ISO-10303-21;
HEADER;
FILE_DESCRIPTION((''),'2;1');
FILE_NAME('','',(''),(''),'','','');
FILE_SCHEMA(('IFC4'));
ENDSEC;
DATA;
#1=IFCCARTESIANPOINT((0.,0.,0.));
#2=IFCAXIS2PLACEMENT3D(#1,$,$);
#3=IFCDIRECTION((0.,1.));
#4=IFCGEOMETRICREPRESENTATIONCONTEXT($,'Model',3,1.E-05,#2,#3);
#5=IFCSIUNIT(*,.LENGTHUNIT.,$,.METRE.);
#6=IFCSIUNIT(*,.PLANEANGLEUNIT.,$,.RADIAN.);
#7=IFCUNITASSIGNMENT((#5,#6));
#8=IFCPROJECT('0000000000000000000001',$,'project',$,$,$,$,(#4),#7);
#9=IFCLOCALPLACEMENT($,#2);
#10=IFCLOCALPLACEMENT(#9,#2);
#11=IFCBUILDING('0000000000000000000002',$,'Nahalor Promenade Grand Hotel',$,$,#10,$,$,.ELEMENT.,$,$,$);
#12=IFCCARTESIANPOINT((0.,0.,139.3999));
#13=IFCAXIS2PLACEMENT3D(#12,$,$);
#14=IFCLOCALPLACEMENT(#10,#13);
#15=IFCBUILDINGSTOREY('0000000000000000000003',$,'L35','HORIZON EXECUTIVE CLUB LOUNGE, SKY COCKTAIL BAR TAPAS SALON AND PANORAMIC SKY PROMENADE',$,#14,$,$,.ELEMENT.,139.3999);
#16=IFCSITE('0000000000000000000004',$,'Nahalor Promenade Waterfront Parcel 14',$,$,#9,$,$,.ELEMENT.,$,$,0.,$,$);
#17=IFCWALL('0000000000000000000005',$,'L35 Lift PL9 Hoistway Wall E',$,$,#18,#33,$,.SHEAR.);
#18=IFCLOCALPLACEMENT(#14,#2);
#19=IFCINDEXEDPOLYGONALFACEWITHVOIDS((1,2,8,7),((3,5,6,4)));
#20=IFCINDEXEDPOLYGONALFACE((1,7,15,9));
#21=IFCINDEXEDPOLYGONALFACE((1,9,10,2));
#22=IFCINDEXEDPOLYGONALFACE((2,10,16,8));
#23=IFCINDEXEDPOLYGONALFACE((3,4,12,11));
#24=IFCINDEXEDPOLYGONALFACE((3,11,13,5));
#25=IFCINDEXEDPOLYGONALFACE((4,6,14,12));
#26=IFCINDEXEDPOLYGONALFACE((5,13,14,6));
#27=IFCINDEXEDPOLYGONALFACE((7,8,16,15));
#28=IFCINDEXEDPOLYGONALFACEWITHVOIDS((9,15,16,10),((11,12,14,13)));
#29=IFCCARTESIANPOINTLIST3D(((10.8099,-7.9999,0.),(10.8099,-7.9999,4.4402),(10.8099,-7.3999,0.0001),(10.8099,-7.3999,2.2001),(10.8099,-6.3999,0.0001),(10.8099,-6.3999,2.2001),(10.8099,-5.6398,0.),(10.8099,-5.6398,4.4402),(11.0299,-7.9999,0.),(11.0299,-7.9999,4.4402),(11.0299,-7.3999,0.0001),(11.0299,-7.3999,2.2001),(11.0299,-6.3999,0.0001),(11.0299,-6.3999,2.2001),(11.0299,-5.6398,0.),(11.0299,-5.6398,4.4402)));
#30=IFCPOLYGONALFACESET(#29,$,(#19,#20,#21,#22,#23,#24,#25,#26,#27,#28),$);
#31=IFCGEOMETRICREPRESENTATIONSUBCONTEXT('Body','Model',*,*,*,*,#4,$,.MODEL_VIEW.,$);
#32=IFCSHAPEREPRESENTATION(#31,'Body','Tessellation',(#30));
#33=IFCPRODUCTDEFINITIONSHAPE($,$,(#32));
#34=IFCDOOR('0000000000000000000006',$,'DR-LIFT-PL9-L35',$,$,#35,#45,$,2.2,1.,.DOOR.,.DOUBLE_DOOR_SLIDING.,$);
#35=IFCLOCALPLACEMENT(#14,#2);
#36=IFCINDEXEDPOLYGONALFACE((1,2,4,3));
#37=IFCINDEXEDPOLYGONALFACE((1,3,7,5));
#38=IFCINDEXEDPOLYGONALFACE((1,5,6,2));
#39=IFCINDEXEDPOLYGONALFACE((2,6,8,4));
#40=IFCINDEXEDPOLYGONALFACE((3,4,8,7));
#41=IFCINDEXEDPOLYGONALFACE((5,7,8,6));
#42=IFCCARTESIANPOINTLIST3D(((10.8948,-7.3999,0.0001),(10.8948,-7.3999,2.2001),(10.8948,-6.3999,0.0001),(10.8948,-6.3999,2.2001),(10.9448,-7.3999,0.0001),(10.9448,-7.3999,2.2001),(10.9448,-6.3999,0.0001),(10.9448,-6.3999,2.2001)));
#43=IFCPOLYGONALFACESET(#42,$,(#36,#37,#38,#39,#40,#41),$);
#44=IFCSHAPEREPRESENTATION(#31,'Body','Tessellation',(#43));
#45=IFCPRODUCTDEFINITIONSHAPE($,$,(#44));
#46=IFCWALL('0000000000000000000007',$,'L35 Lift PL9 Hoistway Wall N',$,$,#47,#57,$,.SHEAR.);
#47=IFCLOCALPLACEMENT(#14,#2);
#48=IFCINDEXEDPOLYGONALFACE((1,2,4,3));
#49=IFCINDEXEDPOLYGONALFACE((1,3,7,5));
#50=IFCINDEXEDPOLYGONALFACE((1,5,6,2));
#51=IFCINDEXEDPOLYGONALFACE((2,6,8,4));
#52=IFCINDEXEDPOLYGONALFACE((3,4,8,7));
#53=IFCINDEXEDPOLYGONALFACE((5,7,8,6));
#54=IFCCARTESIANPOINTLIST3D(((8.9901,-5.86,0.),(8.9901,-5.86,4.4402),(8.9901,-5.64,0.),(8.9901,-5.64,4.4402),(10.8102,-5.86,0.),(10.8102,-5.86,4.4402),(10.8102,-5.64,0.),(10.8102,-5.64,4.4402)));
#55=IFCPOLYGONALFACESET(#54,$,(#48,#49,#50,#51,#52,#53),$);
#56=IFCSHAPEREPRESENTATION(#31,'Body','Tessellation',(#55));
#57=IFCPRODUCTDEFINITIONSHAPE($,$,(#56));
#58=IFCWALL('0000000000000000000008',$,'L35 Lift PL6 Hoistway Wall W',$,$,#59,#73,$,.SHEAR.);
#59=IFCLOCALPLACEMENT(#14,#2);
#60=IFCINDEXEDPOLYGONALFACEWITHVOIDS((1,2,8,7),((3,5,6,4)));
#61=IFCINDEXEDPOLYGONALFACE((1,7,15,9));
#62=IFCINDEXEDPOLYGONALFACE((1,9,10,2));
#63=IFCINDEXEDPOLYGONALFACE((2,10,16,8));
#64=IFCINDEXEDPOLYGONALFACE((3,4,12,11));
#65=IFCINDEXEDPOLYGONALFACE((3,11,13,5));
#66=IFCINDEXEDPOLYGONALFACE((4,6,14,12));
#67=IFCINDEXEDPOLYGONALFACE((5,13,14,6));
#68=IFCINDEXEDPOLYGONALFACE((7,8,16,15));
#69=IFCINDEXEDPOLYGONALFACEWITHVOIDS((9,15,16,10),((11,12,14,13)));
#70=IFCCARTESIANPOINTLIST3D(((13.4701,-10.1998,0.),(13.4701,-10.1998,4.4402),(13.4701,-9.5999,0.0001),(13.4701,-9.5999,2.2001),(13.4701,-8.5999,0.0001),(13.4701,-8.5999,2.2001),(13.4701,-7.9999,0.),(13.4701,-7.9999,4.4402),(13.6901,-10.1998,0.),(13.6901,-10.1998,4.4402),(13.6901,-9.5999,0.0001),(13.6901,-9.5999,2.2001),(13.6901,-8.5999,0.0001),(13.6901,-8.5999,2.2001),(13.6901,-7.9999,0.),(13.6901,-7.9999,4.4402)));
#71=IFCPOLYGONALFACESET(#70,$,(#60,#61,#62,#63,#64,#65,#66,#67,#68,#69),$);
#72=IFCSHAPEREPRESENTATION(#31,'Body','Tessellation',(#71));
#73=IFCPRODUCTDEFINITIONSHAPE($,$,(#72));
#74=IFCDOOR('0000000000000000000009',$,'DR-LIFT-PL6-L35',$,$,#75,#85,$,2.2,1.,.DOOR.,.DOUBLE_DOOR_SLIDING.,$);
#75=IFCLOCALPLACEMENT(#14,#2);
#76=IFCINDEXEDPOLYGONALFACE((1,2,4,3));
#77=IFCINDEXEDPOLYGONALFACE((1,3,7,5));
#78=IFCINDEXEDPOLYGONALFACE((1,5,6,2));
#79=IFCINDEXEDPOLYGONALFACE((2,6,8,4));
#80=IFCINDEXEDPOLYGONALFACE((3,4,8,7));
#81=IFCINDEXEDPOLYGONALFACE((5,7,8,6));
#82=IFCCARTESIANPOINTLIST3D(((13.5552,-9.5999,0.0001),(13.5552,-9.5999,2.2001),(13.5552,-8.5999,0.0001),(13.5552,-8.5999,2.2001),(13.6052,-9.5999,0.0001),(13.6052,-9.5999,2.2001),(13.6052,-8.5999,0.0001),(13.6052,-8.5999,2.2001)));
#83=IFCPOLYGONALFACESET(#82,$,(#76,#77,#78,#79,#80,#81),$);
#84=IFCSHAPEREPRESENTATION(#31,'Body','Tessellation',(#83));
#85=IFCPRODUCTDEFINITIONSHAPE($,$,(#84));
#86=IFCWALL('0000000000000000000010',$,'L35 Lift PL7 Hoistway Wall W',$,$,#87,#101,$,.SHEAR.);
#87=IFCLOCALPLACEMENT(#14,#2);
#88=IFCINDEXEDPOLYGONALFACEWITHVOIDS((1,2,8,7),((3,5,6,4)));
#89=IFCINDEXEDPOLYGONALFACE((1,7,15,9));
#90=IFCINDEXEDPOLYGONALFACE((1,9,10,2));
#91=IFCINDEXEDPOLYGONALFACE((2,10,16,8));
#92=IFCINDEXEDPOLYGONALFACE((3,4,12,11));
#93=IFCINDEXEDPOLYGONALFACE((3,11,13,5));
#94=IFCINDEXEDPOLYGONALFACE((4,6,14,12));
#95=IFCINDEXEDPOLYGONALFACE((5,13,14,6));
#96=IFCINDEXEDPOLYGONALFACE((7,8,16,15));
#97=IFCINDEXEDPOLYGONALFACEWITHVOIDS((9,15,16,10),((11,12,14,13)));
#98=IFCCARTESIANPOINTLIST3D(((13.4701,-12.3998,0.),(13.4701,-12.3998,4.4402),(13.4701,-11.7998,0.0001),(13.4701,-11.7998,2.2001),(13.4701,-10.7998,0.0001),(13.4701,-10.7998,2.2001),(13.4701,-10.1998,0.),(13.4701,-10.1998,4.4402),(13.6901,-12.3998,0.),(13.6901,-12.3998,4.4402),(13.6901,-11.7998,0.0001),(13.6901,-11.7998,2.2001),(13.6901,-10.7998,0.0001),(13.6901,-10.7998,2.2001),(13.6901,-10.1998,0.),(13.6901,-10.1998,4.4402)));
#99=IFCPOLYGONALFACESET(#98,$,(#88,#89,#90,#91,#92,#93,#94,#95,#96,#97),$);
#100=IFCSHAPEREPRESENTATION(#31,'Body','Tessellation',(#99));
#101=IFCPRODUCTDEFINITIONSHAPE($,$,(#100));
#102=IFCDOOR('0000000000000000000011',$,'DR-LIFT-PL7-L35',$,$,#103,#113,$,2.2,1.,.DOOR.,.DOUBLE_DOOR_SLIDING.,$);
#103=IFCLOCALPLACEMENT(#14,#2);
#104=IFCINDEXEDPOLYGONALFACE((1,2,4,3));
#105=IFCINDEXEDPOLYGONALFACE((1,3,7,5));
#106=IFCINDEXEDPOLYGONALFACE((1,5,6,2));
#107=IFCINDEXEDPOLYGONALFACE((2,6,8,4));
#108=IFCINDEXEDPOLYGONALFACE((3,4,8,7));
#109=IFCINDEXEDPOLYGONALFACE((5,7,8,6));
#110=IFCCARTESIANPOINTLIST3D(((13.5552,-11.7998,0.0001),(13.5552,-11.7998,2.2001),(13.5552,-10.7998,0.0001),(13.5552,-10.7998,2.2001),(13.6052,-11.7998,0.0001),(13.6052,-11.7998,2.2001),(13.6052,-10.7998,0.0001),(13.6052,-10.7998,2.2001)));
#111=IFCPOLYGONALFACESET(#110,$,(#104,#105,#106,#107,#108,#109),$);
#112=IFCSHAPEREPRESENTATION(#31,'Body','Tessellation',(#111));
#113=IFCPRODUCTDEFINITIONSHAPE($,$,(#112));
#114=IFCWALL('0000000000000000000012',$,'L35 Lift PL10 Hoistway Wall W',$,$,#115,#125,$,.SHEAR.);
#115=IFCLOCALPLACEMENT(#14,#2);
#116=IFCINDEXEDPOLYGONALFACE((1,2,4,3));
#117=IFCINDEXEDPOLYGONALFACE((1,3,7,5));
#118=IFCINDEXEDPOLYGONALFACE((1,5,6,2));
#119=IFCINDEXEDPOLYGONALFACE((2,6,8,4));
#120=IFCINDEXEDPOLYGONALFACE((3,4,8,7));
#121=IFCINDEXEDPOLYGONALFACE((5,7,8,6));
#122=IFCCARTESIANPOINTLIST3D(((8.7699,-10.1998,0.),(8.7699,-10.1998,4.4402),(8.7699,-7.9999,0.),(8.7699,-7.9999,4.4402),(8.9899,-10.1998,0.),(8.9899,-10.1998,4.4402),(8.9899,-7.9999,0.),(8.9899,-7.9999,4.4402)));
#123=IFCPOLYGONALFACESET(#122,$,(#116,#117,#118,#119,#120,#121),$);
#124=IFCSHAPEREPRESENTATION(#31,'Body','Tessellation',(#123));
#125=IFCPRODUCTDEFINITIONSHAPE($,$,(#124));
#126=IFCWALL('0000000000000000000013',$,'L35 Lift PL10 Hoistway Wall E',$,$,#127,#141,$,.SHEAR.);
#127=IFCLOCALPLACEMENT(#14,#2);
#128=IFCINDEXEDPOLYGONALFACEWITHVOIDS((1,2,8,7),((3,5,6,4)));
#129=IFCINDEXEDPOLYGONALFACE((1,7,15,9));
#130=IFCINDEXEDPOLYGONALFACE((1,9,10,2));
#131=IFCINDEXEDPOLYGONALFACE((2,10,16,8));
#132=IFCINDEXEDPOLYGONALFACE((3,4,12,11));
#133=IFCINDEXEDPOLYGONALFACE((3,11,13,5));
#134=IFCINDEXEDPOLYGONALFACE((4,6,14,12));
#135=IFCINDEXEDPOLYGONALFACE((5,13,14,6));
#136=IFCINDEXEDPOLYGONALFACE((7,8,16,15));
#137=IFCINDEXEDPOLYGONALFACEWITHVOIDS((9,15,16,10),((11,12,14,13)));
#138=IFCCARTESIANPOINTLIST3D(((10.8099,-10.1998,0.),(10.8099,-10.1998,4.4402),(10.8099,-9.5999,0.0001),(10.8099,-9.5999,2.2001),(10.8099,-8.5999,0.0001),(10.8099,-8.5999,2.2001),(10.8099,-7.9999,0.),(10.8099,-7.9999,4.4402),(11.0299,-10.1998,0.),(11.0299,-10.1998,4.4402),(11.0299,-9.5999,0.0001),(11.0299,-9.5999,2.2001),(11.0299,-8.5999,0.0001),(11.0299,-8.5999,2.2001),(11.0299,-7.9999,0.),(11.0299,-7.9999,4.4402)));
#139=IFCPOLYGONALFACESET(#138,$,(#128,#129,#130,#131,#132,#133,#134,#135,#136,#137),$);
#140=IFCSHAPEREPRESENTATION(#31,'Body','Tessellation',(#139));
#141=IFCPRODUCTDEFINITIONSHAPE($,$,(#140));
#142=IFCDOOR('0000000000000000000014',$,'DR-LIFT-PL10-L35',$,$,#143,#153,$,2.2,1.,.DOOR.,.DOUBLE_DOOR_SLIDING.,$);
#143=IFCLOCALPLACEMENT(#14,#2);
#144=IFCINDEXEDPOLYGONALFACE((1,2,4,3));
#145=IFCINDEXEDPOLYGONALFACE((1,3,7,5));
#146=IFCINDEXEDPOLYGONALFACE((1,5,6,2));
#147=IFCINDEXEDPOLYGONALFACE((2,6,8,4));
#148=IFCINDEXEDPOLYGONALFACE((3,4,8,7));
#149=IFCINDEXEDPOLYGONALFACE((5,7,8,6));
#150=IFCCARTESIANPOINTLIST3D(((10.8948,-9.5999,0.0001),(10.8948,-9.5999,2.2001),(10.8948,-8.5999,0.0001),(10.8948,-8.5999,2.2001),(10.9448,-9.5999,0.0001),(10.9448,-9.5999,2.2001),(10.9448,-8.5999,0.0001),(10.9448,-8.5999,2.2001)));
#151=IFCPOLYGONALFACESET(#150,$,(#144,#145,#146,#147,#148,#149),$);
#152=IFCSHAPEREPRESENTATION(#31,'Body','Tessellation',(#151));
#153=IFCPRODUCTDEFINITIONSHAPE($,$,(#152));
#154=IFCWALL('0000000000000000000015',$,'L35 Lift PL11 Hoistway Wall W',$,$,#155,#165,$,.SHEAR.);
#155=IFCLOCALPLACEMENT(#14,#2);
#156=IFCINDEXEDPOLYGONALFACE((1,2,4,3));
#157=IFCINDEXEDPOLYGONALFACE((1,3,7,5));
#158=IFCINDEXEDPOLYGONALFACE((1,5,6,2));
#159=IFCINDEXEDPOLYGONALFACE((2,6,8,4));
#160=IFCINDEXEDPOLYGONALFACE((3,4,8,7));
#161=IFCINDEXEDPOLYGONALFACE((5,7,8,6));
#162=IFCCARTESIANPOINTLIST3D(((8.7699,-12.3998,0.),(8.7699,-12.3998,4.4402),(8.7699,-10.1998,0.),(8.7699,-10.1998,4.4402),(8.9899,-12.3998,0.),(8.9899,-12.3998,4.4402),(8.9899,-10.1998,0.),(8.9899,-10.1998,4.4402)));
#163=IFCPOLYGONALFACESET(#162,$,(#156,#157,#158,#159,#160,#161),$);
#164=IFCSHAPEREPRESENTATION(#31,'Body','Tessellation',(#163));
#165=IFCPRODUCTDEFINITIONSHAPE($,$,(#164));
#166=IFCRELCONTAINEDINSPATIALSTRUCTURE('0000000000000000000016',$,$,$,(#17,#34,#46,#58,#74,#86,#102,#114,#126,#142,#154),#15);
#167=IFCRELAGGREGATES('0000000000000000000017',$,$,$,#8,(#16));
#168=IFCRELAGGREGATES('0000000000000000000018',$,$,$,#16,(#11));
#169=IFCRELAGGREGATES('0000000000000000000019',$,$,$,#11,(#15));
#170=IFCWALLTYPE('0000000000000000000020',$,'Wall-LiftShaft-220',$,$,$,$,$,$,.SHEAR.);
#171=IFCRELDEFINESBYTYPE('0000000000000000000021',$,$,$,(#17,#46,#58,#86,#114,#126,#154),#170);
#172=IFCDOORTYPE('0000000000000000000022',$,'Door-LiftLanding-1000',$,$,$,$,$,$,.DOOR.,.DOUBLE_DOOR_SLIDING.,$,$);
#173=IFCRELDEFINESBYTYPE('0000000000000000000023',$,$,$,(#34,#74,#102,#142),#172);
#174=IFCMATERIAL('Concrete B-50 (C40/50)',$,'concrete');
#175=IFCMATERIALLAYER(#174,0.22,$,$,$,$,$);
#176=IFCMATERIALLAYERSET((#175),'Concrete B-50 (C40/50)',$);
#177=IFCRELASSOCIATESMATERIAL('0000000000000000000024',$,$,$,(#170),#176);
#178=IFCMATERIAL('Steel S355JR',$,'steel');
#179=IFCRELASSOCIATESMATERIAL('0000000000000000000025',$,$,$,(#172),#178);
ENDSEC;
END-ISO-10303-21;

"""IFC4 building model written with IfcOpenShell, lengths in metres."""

from ifc_helpers import new_model, si_unit, direction, frame, frame_2d, origin, place, context, subcontext, project, spatial, rectangle, extrude, source, transform, mapped, material, layer, layer_set, type_object, element, fill, save


model = new_model("IFC4")

# Units and contexts
model_context = context("Model", 3, precision=1e-05, world=origin(), true_north=direction((0.0, 1.0)))
body_context = subcontext(model_context, "Body", "Model", "MODEL_VIEW")
ifc_project = project(units=[si_unit("LENGTHUNIT", "METRE"), si_unit("PLANEANGLEUNIT", "RADIAN")], contexts=[model_context])

# Site, building, storey
site_placement = place(None, origin())
site = spatial("IfcSite", under=ifc_project, at=site_placement, Name="Nahalor Promenade Waterfront Parcel 14", CompositionType="ELEMENT", RefElevation=0.0)
building_placement = place(site_placement, origin())
building = spatial("IfcBuilding", under=site, at=building_placement, Name="Nahalor Promenade Grand Hotel", CompositionType="ELEMENT")
storey_placement = place(building_placement, frame((0.0, 0.0, 139.3999)))
storey = spatial("IfcBuildingStorey", under=building, at=storey_placement, Name="L35", Description="HORIZON EXECUTIVE CLUB LOUNGE, SKY COCKTAIL BAR TAPAS SALON AND PANORAMIC SKY PROMENADE", CompositionType="ELEMENT", Elevation=139.3999)

# Shared definitions
ifc_material_1 = material(Name="Steel S355JR", Category="steel")

# Shared definitions
ifc_material_2 = material(Name="Concrete B-50 (C40/50)", Category="concrete")
ifc_layer_1 = layer(ifc_material_2, 0.22)
ifc_layer_set_1 = layer_set([ifc_layer_1], Name="Concrete B-50 (C40/50)")
wall_type_1 = type_object("IfcWallType", Name="Wall-LiftShaft-220", PredefinedType="SHEAR", material=ifc_layer_set_1)

# Shared definitions
shared_shape_1 = source(origin(), body_context, "Body", "SweptSolid", [
    extrude(rectangle(XDim=2.3601, YDim=0.22, at=frame_2d((1.1802, 0.0))), origin(), (0.0, 0.0, 1.0), 4.4402),
])
door_type = type_object("IfcDoorType", Name="Door-LiftLanding-1000", OperationType="DOUBLE_DOOR_SLIDING", PredefinedType="DOOR", material=ifc_material_1)
shared_shape_2 = source(origin(), body_context, "Body", "SweptSolid", [
    extrude(rectangle(XDim=1.0, YDim=2.2, at=frame_2d((0.5, 1.1001))), frame((0.0, 0.0249, 0.0), z_axis=(0.0, -1.0, 0.0), x_axis=(1.0, 0.0, 0.0)), (0.0, 0.0, 1.0), 0.05),
])

# Wall, opening, door
wall_1_placement = place(storey_placement, frame((10.9199, -8.0, 0.0), z_axis=(0.0, 0.0, 1.0), x_axis=(0.0, 1.0, 0.0)))
wall_1 = element("IfcWall", 1, at=wall_1_placement, inside=storey, type_object=wall_type_1, Name="L35 Lift PL9 Hoistway Wall E", PredefinedType="SHEAR", context=body_context, shape_type="MappedRepresentation", body=[
    mapped(shared_shape_1, transform((0.0, 0.0, 0.0), scale=1.0)),
])
opening_1_placement = place(wall_1_placement, frame((0.6001, 0.0, 0.0)))
opening_1 = element("IfcOpeningElement", 2, at=opening_1_placement, cuts=wall_1, PredefinedType="OPENING", context=body_context, shape_type="SweptSolid", body=[
    extrude(rectangle(XDim=1.0, YDim=2.2, at=frame_2d((0.5, 1.1001))), frame((0.0, 0.1199, 0.0), z_axis=(0.0, -1.0, 0.0), x_axis=(1.0, 0.0, 0.0)), (0.0, 0.0, 1.0), 0.24),
])
door_1_placement = place(opening_1_placement, frame((1.0, 0.0, 0.0), z_axis=(0.0, 0.0, 1.0), x_axis=(-1.0, 0.0, 0.0)))
door_1 = element("IfcDoor", 3, at=door_1_placement, inside=storey, type_object=door_type, Name="DR-LIFT-PL9-L35", OperationType="DOUBLE_DOOR_SLIDING", OverallHeight=2.2, OverallWidth=1.0, PredefinedType="DOOR", context=body_context, shape_type="MappedRepresentation", body=[
    mapped(shared_shape_2, transform((0.0, 0.0, 0.0), scale=1.0)),
])
fill(opening_1, door_1)

# Wall
shared_shape_3 = source(origin(), body_context, "Body", "SweptSolid", [
    extrude(rectangle(XDim=1.8201, YDim=0.22, at=frame_2d((0.9102, 0.0))), origin(), (0.0, 0.0, 1.0), 4.4402),
])
wall_2_placement = place(storey_placement, frame((8.99, -5.75, 0.0), z_axis=(0.0, 0.0, 1.0), x_axis=(1.0, 0.0, 0.0)))
element("IfcWall", 4, at=wall_2_placement, inside=storey, type_object=wall_type_1, Name="L35 Lift PL9 Hoistway Wall N", PredefinedType="SHEAR", context=body_context, shape_type="MappedRepresentation", body=[
    mapped(shared_shape_3, transform((0.0, 0.0, 0.0), scale=1.0)),
])

# Walls, openings, doors
shared_shape_4 = source(origin(), body_context, "Body", "SweptSolid", [
    extrude(rectangle(XDim=2.2, YDim=0.22, at=frame_2d((1.1001, 0.0))), origin(), (0.0, 0.0, 1.0), 4.4402),
])
wall_3_placement = place(storey_placement, frame((13.5801, -10.2, 0.0), z_axis=(0.0, 0.0, 1.0), x_axis=(0.0, 1.0, 0.0)))
wall_3 = element("IfcWall", 5, at=wall_3_placement, inside=storey, type_object=wall_type_1, Name="L35 Lift PL6 Hoistway Wall W", PredefinedType="SHEAR", context=body_context, shape_type="MappedRepresentation", body=[
    mapped(shared_shape_4, transform((0.0, 0.0, 0.0), scale=1.0)),
])
opening_2_placement = place(wall_3_placement, frame((0.6001, 0.0, 0.0)))
opening_2 = element("IfcOpeningElement", 6, at=opening_2_placement, cuts=wall_3, PredefinedType="OPENING", context=body_context, shape_type="SweptSolid", body=[
    extrude(rectangle(XDim=1.0, YDim=2.2, at=frame_2d((0.5, 1.1001))), frame((0.0, 0.1199, 0.0), z_axis=(0.0, -1.0, 0.0), x_axis=(1.0, 0.0, 0.0)), (0.0, 0.0, 1.0), 0.24),
])
door_2_placement = place(opening_2_placement, origin())
door_2 = element("IfcDoor", 7, at=door_2_placement, inside=storey, type_object=door_type, Name="DR-LIFT-PL6-L35", OperationType="DOUBLE_DOOR_SLIDING", OverallHeight=2.2, OverallWidth=1.0, PredefinedType="DOOR", context=body_context, shape_type="MappedRepresentation", body=[
    mapped(shared_shape_2, transform((0.0, 0.0, 0.0), scale=1.0)),
])
fill(opening_2, door_2)
wall_4_placement = place(storey_placement, frame((13.5801, -12.3999, 0.0), z_axis=(0.0, 0.0, 1.0), x_axis=(0.0, 1.0, 0.0)))
wall_4 = element("IfcWall", 8, at=wall_4_placement, inside=storey, type_object=wall_type_1, Name="L35 Lift PL7 Hoistway Wall W", PredefinedType="SHEAR", context=body_context, shape_type="MappedRepresentation", body=[
    mapped(shared_shape_4, transform((0.0, 0.0, 0.0), scale=1.0)),
])
opening_3_placement = place(wall_4_placement, frame((0.6001, 0.0, 0.0)))
opening_3 = element("IfcOpeningElement", 9, at=opening_3_placement, cuts=wall_4, PredefinedType="OPENING", context=body_context, shape_type="SweptSolid", body=[
    extrude(rectangle(XDim=1.0, YDim=2.2, at=frame_2d((0.5, 1.1001))), frame((0.0, 0.1199, 0.0), z_axis=(0.0, -1.0, 0.0), x_axis=(1.0, 0.0, 0.0)), (0.0, 0.0, 1.0), 0.24),
])
door_3_placement = place(opening_3_placement, origin())
door_3 = element("IfcDoor", 10, at=door_3_placement, inside=storey, type_object=door_type, Name="DR-LIFT-PL7-L35", OperationType="DOUBLE_DOOR_SLIDING", OverallHeight=2.2, OverallWidth=1.0, PredefinedType="DOOR", context=body_context, shape_type="MappedRepresentation", body=[
    mapped(shared_shape_2, transform((0.0, 0.0, 0.0), scale=1.0)),
])
fill(opening_3, door_3)

# Wall
wall_5_placement = place(storey_placement, frame((8.8799, -10.2, 0.0), z_axis=(0.0, 0.0, 1.0), x_axis=(0.0, 1.0, 0.0)))
element("IfcWall", 11, at=wall_5_placement, inside=storey, type_object=wall_type_1, Name="L35 Lift PL10 Hoistway Wall W", PredefinedType="SHEAR", context=body_context, shape_type="MappedRepresentation", body=[
    mapped(shared_shape_4, transform((0.0, 0.0, 0.0), scale=1.0)),
])

# Wall, opening, door
wall_6_placement = place(storey_placement, frame((10.9199, -10.2, 0.0), z_axis=(0.0, 0.0, 1.0), x_axis=(0.0, 1.0, 0.0)))
wall_6 = element("IfcWall", 12, at=wall_6_placement, inside=storey, type_object=wall_type_1, Name="L35 Lift PL10 Hoistway Wall E", PredefinedType="SHEAR", context=body_context, shape_type="MappedRepresentation", body=[
    mapped(shared_shape_4, transform((0.0, 0.0, 0.0), scale=1.0)),
])
opening_4_placement = place(wall_6_placement, frame((0.6001, 0.0, 0.0)))
opening_4 = element("IfcOpeningElement", 13, at=opening_4_placement, cuts=wall_6, PredefinedType="OPENING", context=body_context, shape_type="SweptSolid", body=[
    extrude(rectangle(XDim=1.0, YDim=2.2, at=frame_2d((0.5, 1.1001))), frame((0.0, 0.1199, 0.0), z_axis=(0.0, -1.0, 0.0), x_axis=(1.0, 0.0, 0.0)), (0.0, 0.0, 1.0), 0.24),
])
door_4_placement = place(opening_4_placement, frame((1.0, 0.0, 0.0), z_axis=(0.0, 0.0, 1.0), x_axis=(-1.0, 0.0, 0.0)))
door_4 = element("IfcDoor", 14, at=door_4_placement, inside=storey, type_object=door_type, Name="DR-LIFT-PL10-L35", OperationType="DOUBLE_DOOR_SLIDING", OverallHeight=2.2, OverallWidth=1.0, PredefinedType="DOOR", context=body_context, shape_type="MappedRepresentation", body=[
    mapped(shared_shape_2, transform((0.0, 0.0, 0.0), scale=1.0)),
])
fill(opening_4, door_4)

# Wall
wall_7_placement = place(storey_placement, frame((8.8799, -12.3999, 0.0), z_axis=(0.0, 0.0, 1.0), x_axis=(0.0, 1.0, 0.0)))
element("IfcWall", 15, at=wall_7_placement, inside=storey, type_object=wall_type_1, Name="L35 Lift PL11 Hoistway Wall W", PredefinedType="SHEAR", context=body_context, shape_type="MappedRepresentation", body=[
    mapped(shared_shape_4, transform((0.0, 0.0, 0.0), scale=1.0)),
])

save(model, "model.ifc")
